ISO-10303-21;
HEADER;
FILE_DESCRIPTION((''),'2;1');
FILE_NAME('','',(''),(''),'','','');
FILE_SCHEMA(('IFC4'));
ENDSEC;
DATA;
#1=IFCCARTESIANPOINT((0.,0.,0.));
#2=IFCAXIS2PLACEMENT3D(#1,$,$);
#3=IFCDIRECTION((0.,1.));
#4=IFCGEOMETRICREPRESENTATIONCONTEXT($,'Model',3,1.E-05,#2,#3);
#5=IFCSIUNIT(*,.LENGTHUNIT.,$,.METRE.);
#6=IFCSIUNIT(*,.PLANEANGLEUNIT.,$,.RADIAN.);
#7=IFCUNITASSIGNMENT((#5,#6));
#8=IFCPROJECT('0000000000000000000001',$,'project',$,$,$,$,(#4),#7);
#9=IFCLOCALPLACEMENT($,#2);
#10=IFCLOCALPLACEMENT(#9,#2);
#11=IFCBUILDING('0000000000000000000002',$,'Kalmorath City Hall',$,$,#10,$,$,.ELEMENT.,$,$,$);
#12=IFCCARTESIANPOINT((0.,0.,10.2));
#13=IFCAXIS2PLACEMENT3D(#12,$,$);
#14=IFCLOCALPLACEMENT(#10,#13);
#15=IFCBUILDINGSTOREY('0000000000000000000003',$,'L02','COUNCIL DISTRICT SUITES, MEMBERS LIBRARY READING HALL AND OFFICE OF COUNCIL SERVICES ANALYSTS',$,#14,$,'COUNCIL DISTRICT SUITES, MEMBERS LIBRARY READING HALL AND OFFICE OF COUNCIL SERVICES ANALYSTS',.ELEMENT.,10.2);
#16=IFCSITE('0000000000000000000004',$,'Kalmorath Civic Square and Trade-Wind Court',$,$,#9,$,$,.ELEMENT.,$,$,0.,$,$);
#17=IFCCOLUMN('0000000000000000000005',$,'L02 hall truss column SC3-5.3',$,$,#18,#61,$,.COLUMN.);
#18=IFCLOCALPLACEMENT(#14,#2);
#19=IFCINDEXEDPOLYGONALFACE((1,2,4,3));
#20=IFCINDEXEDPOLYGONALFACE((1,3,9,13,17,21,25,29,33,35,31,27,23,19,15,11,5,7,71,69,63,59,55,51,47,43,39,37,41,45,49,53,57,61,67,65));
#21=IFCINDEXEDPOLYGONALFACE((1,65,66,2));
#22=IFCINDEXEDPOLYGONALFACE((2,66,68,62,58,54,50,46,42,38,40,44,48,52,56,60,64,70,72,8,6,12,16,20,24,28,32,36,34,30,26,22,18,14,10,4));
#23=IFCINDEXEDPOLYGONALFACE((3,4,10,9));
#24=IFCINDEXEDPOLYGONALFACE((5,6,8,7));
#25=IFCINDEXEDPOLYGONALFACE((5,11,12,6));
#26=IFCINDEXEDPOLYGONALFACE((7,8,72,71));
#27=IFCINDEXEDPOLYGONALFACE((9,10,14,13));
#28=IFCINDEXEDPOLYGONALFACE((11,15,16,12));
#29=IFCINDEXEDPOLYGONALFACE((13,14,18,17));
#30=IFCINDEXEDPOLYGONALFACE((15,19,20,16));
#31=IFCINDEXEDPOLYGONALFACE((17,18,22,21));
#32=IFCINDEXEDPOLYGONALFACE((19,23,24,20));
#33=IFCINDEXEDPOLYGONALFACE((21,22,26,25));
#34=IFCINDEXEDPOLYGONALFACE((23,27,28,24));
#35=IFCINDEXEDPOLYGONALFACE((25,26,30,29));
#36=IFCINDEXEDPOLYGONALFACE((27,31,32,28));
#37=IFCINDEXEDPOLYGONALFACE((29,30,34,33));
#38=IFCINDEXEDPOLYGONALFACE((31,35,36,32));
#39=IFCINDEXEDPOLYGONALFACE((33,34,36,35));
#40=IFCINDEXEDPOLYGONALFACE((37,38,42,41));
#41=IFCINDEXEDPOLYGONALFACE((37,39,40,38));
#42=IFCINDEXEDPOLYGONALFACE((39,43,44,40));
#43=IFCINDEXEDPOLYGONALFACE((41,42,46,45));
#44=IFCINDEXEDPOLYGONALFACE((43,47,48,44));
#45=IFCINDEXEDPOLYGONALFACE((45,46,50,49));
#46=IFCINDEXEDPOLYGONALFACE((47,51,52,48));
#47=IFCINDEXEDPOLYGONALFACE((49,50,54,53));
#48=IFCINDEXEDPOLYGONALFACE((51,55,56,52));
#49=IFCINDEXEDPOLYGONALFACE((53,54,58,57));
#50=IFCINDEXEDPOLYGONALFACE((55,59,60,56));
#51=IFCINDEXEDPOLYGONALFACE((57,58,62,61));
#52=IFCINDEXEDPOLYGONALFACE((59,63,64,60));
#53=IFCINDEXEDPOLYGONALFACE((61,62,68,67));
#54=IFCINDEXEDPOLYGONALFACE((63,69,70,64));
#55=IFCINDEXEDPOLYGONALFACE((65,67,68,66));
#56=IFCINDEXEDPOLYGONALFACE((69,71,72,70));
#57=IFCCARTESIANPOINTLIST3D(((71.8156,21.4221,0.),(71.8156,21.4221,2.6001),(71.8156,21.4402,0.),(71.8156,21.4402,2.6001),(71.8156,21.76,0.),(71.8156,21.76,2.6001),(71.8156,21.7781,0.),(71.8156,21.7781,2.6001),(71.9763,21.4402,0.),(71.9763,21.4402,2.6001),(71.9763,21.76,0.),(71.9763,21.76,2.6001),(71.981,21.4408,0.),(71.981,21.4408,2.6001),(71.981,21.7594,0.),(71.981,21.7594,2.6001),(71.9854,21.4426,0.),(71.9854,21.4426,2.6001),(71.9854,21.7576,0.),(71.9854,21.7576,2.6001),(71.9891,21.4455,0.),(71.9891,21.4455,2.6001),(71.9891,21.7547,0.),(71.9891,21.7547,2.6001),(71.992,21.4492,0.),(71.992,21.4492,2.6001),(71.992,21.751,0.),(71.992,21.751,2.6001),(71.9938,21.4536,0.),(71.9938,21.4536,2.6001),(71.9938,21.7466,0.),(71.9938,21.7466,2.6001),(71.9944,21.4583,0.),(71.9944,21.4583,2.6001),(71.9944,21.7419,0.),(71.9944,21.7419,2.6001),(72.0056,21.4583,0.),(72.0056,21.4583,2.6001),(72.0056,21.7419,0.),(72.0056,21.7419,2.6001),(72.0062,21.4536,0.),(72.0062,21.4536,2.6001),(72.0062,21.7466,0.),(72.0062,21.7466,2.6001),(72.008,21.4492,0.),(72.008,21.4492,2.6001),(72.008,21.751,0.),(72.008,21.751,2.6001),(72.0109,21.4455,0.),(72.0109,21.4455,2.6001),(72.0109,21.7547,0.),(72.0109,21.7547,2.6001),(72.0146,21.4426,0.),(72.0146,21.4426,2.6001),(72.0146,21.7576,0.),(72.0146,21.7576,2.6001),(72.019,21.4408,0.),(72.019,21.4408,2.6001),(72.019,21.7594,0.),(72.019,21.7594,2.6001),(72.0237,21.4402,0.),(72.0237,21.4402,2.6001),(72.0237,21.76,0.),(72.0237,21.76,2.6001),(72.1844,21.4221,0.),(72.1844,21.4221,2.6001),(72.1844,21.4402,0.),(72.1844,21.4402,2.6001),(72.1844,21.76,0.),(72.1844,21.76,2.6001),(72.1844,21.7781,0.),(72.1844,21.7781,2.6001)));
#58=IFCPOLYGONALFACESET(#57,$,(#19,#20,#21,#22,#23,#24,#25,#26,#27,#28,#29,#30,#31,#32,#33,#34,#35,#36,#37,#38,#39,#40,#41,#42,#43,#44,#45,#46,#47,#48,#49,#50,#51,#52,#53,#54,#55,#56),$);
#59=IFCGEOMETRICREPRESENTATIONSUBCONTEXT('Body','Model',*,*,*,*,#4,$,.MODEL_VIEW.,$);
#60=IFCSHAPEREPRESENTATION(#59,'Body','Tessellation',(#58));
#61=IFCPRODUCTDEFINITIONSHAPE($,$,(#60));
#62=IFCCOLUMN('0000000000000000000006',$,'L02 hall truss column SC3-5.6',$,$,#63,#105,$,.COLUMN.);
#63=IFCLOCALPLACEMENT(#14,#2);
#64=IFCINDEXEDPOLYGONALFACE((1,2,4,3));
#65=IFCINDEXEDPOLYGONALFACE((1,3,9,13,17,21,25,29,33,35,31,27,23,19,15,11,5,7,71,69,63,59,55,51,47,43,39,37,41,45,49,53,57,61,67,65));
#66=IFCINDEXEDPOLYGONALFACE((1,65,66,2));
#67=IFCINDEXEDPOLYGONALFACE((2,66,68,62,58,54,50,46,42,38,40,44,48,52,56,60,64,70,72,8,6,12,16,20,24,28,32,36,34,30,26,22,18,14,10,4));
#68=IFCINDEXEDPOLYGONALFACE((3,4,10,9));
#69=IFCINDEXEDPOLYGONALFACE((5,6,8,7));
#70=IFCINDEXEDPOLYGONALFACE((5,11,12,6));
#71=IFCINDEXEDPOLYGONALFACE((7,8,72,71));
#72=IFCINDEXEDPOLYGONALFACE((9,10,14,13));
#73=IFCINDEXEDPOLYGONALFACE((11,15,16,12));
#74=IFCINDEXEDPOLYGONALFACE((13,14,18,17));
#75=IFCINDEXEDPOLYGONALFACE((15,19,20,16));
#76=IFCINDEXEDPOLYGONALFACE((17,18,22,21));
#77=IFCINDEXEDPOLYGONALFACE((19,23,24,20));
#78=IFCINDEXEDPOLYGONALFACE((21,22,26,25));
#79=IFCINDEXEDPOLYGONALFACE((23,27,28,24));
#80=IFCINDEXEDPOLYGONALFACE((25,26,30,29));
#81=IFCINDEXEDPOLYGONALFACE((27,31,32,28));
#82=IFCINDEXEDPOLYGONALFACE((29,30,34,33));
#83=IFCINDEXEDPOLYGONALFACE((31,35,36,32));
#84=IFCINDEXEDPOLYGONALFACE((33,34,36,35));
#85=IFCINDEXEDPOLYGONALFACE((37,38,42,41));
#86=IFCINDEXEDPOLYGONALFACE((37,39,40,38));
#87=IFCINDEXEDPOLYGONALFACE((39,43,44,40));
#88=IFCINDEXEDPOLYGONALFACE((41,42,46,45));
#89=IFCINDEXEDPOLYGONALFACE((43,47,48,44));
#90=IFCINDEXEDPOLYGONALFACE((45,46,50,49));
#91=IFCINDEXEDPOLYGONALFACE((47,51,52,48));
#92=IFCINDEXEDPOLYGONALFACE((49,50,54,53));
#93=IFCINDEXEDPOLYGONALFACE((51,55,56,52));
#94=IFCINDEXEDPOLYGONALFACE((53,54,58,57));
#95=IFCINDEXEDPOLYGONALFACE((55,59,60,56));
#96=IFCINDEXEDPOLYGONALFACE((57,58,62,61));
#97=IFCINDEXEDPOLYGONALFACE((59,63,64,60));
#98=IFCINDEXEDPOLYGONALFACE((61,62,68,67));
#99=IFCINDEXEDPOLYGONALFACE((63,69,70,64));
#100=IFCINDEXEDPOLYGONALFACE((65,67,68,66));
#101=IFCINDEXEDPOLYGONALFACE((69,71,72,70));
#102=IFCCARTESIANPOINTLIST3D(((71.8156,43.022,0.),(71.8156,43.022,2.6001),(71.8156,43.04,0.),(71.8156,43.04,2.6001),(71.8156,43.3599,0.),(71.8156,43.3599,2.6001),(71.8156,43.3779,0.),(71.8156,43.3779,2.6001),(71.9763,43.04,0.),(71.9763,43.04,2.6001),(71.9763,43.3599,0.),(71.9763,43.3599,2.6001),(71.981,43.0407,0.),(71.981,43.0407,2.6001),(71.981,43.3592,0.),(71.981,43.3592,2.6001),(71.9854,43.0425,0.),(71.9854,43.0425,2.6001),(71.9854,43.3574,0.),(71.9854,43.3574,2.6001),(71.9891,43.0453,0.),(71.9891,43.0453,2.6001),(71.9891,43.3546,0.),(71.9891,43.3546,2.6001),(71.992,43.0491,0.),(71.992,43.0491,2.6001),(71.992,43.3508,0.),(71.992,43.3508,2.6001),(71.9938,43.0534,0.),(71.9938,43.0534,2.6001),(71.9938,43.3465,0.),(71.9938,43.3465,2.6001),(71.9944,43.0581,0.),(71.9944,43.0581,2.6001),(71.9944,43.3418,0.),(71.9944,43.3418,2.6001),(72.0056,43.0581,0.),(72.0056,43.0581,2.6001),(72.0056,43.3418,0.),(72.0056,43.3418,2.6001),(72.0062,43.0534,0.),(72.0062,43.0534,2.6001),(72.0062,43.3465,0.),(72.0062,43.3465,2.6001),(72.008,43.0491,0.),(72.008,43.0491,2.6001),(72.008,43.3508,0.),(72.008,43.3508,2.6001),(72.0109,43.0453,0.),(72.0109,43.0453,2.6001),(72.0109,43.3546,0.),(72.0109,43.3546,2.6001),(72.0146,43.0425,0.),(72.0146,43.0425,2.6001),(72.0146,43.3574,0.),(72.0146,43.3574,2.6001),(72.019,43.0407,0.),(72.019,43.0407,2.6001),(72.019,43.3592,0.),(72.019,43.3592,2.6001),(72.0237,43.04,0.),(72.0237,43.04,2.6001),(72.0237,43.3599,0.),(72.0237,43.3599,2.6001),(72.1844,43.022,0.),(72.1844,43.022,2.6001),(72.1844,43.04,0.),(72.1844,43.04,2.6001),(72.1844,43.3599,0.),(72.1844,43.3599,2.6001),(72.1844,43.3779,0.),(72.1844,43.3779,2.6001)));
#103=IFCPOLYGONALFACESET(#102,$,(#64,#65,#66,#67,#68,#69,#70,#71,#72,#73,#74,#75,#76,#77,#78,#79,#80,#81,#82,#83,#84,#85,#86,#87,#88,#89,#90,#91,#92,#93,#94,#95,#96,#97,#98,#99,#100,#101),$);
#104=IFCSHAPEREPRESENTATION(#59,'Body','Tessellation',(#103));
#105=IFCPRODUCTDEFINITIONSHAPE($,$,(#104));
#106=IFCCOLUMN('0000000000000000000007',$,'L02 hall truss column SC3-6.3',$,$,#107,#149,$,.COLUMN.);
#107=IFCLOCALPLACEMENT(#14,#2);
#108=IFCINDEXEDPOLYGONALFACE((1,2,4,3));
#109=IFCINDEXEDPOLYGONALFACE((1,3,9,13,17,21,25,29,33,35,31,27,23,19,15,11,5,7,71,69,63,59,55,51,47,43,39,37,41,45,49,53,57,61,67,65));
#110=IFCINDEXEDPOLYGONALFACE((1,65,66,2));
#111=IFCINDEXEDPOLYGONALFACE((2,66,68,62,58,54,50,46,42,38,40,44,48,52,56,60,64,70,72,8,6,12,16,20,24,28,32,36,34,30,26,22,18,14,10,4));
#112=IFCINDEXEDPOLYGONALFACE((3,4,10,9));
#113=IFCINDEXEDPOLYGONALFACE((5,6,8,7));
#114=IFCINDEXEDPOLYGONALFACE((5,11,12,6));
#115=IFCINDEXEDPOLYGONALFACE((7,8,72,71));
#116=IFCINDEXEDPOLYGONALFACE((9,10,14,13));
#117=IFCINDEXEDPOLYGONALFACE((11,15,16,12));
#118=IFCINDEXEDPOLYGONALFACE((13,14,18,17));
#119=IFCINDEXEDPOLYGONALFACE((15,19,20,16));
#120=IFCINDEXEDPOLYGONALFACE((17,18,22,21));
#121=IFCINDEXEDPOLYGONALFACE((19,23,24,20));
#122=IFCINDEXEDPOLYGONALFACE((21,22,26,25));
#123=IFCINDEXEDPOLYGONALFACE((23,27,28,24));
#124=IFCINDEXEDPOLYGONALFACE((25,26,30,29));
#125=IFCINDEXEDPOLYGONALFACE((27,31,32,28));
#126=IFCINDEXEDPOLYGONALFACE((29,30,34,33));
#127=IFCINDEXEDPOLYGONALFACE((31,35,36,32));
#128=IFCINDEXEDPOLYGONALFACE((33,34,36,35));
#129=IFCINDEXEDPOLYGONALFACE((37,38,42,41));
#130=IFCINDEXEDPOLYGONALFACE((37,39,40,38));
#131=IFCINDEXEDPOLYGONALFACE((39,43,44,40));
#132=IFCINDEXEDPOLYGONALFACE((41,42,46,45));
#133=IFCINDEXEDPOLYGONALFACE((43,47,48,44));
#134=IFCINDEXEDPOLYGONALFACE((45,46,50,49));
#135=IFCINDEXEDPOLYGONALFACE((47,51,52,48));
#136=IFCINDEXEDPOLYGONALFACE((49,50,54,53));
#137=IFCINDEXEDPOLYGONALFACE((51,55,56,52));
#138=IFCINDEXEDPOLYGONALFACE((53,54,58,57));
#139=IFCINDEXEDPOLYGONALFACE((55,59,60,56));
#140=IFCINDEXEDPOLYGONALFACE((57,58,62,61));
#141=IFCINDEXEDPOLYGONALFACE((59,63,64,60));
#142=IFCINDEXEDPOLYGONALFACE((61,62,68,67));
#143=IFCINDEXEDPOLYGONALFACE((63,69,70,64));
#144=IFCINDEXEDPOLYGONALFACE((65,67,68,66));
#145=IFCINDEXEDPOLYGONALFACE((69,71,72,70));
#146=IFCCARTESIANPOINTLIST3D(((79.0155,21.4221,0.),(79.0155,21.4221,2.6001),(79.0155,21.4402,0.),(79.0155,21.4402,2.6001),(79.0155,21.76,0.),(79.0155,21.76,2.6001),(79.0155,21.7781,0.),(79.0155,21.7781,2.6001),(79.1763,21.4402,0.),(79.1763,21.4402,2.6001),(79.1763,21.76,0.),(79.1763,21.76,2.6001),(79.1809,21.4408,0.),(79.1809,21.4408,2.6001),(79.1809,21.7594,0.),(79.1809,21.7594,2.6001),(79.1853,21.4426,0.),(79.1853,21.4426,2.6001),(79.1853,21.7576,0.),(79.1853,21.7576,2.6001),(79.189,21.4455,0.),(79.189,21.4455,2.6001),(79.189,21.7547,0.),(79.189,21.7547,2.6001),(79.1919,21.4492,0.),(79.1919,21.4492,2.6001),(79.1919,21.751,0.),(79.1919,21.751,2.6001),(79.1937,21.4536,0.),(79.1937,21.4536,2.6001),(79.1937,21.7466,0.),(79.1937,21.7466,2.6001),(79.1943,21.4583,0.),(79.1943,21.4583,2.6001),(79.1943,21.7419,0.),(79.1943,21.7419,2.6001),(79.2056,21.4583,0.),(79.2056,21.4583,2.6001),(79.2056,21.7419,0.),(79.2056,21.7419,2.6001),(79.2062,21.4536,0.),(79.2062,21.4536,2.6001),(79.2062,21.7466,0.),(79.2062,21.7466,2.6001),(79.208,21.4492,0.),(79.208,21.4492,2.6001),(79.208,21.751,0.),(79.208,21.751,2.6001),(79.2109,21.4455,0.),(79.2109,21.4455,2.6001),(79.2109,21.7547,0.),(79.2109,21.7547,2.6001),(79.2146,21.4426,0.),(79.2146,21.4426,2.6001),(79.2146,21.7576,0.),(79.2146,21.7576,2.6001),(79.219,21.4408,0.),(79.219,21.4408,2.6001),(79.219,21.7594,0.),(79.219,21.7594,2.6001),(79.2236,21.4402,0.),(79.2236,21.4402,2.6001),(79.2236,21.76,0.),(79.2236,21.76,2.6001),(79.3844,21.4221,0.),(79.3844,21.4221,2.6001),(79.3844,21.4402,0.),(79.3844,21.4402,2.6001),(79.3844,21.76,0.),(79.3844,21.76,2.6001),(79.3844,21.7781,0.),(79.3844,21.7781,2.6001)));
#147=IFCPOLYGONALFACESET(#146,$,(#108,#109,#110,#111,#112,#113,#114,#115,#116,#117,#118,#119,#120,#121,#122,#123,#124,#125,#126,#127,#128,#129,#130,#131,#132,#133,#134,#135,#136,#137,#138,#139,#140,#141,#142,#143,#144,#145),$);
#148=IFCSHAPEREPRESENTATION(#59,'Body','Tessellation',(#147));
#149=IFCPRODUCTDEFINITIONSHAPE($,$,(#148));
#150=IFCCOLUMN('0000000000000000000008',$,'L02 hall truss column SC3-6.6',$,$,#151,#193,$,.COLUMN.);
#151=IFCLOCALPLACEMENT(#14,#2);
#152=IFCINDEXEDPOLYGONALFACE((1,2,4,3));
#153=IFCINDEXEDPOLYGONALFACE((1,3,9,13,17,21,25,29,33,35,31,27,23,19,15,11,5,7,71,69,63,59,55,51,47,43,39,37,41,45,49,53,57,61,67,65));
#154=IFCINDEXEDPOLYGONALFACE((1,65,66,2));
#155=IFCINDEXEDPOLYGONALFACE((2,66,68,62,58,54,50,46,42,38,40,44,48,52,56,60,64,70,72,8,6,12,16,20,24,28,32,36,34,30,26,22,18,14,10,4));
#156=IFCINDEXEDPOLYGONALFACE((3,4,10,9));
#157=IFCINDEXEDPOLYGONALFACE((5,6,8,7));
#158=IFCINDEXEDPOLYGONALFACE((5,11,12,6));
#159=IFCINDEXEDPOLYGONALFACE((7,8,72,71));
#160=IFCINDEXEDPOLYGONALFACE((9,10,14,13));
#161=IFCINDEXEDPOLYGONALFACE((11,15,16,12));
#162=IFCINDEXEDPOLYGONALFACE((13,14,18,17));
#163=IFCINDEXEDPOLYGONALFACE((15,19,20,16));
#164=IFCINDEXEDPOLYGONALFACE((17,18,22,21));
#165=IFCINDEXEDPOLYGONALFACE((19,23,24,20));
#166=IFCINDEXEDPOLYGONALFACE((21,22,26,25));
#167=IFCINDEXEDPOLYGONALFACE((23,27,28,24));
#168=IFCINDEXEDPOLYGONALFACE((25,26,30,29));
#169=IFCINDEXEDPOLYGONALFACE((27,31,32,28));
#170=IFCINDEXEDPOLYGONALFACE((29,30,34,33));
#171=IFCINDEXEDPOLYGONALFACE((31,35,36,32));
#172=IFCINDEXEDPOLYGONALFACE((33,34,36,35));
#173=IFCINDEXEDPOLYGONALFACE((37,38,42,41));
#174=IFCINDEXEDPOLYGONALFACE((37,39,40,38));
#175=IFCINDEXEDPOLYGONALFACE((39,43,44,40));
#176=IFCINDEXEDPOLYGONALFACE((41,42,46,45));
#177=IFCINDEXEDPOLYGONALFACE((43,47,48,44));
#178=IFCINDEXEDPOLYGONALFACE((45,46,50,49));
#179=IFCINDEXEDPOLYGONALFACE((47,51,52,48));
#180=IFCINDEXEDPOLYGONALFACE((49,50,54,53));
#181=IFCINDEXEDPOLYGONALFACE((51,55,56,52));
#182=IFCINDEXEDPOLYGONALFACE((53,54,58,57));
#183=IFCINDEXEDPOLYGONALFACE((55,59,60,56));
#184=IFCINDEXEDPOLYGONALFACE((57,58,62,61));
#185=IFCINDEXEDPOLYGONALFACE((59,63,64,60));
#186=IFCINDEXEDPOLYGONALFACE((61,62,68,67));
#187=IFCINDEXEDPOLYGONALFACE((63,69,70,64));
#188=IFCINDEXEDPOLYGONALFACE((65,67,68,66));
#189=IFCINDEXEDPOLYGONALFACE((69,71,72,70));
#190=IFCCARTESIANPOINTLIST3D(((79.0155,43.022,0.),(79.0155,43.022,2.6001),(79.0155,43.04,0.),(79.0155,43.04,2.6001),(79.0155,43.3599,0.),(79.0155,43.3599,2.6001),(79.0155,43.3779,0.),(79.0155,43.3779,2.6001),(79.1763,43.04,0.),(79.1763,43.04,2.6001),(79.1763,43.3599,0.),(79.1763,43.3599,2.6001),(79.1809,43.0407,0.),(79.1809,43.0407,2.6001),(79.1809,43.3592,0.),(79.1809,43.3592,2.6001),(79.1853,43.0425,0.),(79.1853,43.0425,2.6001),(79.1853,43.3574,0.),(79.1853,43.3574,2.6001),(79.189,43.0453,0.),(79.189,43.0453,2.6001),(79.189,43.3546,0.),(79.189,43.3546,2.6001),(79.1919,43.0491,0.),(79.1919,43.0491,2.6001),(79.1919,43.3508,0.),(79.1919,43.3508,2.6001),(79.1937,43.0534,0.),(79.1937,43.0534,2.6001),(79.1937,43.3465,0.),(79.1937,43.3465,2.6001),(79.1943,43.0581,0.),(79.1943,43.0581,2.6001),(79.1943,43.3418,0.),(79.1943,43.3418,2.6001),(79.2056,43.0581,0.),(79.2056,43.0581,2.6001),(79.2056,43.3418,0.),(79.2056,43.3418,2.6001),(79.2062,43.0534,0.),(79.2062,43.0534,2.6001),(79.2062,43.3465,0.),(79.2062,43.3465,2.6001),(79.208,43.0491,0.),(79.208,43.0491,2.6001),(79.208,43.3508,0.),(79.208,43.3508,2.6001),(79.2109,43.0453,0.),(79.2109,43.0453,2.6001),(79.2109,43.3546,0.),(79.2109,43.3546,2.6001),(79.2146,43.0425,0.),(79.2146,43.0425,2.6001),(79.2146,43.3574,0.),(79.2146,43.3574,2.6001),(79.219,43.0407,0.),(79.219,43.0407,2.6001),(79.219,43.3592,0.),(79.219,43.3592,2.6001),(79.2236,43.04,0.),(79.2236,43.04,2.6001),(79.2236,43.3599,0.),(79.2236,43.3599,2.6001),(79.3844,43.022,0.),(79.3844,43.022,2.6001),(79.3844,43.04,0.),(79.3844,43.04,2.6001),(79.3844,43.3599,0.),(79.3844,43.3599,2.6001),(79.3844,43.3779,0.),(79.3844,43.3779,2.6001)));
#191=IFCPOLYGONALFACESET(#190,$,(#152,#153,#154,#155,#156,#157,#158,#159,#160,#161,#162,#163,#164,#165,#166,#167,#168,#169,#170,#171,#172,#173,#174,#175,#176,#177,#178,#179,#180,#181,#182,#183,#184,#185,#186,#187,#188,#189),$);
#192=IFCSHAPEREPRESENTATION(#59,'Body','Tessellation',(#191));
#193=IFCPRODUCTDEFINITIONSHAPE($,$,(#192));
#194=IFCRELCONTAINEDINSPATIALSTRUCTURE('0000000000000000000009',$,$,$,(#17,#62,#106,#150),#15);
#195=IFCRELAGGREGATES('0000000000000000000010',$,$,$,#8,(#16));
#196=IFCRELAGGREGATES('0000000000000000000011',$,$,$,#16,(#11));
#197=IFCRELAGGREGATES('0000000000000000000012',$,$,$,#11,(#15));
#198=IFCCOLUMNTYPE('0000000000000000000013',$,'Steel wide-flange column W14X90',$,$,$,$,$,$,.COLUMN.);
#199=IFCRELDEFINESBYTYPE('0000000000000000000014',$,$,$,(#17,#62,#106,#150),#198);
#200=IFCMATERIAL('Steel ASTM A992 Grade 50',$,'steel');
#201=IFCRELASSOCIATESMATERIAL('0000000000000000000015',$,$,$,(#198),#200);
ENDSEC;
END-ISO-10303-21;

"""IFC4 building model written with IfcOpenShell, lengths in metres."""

from ifc_helpers import new_model, si_unit, direction, frame, origin, origin_2d, place, context, subcontext, project, spatial, i_section, extrude, material, material_profile, profile_set, type_object, element, save


model = new_model("IFC4")

# Units and contexts
model_context = context("Model", 3, precision=1e-05, world=origin(), true_north=direction((0.0, 1.0)))
body_context = subcontext(model_context, "Body", "Model", "MODEL_VIEW")
ifc_project = project(units=[si_unit("LENGTHUNIT", "METRE"), si_unit("PLANEANGLEUNIT", "RADIAN")], contexts=[model_context])

# Site, building, storey
site_placement = place(None, origin())
site = spatial("IfcSite", under=ifc_project, at=site_placement, Name="Kalmorath Civic Square and Trade-Wind Court", CompositionType="ELEMENT", RefElevation=0.0)
building_placement = place(site_placement, origin())
building = spatial("IfcBuilding", under=site, at=building_placement, Name="Kalmorath City Hall", CompositionType="ELEMENT")
storey_placement = place(building_placement, frame((0.0, 0.0, 10.2)))
storey = spatial("IfcBuildingStorey", under=building, at=storey_placement, Name="L02", Description="COUNCIL DISTRICT SUITES, MEMBERS LIBRARY READING HALL AND OFFICE OF COUNCIL SERVICES ANALYSTS", LongName="COUNCIL DISTRICT SUITES, MEMBERS LIBRARY READING HALL AND OFFICE OF COUNCIL SERVICES ANALYSTS", CompositionType="ELEMENT", Elevation=10.2)

# Columns
ifc_material_1 = material(Name="Steel ASTM A992 Grade 50", Category="steel")
ifc_material_profile_1 = material_profile(ifc_material_1, i_section(OverallWidth=0.3689, OverallDepth=0.356, WebThickness=0.0112, FlangeThickness=0.0181, FilletRadius=0.0181, at=origin_2d()), Name="W14X90")
ifc_profile_set_1 = profile_set([ifc_material_profile_1], Name="Steel ASTM A992 Grade 50")
column_type = type_object("IfcColumnType", Name="Steel wide-flange column W14X90", PredefinedType="COLUMN", material=ifc_profile_set_1)
for number, where, z_axis, x_axis, name in (
    (1, (72.0, 21.6001, 0.0), (0.0, 0.0, 1.0), (1.0, 0.0, 0.0), "L02 hall truss column SC3-5.3"),
    (2, (72.0, 43.2, 0.0), (0.0, 0.0, 1.0), (1.0, 0.0, 0.0), "L02 hall truss column SC3-5.6"),
    (3, (79.2, 21.6001, 0.0), (0.0, 0.0, 1.0), (1.0, 0.0, 0.0), "L02 hall truss column SC3-6.3"),
    (4, (79.2, 43.2, 0.0), (0.0, 0.0, 1.0), (1.0, 0.0, 0.0), "L02 hall truss column SC3-6.6"),
):
    element("IfcColumn", number, at=place(storey_placement, frame(where, z_axis=z_axis, x_axis=x_axis)), inside=storey, type_object=column_type, Name=name, PredefinedType="COLUMN", context=body_context, shape_type="SweptSolid", body=[
        extrude(i_section(OverallWidth=0.3689, OverallDepth=0.356, WebThickness=0.0112, FlangeThickness=0.0181, FilletRadius=0.0181, at=origin_2d()), origin(), (0.0, 0.0, 1.0), 2.6001),
    ])

save(model, "model.ifc")
